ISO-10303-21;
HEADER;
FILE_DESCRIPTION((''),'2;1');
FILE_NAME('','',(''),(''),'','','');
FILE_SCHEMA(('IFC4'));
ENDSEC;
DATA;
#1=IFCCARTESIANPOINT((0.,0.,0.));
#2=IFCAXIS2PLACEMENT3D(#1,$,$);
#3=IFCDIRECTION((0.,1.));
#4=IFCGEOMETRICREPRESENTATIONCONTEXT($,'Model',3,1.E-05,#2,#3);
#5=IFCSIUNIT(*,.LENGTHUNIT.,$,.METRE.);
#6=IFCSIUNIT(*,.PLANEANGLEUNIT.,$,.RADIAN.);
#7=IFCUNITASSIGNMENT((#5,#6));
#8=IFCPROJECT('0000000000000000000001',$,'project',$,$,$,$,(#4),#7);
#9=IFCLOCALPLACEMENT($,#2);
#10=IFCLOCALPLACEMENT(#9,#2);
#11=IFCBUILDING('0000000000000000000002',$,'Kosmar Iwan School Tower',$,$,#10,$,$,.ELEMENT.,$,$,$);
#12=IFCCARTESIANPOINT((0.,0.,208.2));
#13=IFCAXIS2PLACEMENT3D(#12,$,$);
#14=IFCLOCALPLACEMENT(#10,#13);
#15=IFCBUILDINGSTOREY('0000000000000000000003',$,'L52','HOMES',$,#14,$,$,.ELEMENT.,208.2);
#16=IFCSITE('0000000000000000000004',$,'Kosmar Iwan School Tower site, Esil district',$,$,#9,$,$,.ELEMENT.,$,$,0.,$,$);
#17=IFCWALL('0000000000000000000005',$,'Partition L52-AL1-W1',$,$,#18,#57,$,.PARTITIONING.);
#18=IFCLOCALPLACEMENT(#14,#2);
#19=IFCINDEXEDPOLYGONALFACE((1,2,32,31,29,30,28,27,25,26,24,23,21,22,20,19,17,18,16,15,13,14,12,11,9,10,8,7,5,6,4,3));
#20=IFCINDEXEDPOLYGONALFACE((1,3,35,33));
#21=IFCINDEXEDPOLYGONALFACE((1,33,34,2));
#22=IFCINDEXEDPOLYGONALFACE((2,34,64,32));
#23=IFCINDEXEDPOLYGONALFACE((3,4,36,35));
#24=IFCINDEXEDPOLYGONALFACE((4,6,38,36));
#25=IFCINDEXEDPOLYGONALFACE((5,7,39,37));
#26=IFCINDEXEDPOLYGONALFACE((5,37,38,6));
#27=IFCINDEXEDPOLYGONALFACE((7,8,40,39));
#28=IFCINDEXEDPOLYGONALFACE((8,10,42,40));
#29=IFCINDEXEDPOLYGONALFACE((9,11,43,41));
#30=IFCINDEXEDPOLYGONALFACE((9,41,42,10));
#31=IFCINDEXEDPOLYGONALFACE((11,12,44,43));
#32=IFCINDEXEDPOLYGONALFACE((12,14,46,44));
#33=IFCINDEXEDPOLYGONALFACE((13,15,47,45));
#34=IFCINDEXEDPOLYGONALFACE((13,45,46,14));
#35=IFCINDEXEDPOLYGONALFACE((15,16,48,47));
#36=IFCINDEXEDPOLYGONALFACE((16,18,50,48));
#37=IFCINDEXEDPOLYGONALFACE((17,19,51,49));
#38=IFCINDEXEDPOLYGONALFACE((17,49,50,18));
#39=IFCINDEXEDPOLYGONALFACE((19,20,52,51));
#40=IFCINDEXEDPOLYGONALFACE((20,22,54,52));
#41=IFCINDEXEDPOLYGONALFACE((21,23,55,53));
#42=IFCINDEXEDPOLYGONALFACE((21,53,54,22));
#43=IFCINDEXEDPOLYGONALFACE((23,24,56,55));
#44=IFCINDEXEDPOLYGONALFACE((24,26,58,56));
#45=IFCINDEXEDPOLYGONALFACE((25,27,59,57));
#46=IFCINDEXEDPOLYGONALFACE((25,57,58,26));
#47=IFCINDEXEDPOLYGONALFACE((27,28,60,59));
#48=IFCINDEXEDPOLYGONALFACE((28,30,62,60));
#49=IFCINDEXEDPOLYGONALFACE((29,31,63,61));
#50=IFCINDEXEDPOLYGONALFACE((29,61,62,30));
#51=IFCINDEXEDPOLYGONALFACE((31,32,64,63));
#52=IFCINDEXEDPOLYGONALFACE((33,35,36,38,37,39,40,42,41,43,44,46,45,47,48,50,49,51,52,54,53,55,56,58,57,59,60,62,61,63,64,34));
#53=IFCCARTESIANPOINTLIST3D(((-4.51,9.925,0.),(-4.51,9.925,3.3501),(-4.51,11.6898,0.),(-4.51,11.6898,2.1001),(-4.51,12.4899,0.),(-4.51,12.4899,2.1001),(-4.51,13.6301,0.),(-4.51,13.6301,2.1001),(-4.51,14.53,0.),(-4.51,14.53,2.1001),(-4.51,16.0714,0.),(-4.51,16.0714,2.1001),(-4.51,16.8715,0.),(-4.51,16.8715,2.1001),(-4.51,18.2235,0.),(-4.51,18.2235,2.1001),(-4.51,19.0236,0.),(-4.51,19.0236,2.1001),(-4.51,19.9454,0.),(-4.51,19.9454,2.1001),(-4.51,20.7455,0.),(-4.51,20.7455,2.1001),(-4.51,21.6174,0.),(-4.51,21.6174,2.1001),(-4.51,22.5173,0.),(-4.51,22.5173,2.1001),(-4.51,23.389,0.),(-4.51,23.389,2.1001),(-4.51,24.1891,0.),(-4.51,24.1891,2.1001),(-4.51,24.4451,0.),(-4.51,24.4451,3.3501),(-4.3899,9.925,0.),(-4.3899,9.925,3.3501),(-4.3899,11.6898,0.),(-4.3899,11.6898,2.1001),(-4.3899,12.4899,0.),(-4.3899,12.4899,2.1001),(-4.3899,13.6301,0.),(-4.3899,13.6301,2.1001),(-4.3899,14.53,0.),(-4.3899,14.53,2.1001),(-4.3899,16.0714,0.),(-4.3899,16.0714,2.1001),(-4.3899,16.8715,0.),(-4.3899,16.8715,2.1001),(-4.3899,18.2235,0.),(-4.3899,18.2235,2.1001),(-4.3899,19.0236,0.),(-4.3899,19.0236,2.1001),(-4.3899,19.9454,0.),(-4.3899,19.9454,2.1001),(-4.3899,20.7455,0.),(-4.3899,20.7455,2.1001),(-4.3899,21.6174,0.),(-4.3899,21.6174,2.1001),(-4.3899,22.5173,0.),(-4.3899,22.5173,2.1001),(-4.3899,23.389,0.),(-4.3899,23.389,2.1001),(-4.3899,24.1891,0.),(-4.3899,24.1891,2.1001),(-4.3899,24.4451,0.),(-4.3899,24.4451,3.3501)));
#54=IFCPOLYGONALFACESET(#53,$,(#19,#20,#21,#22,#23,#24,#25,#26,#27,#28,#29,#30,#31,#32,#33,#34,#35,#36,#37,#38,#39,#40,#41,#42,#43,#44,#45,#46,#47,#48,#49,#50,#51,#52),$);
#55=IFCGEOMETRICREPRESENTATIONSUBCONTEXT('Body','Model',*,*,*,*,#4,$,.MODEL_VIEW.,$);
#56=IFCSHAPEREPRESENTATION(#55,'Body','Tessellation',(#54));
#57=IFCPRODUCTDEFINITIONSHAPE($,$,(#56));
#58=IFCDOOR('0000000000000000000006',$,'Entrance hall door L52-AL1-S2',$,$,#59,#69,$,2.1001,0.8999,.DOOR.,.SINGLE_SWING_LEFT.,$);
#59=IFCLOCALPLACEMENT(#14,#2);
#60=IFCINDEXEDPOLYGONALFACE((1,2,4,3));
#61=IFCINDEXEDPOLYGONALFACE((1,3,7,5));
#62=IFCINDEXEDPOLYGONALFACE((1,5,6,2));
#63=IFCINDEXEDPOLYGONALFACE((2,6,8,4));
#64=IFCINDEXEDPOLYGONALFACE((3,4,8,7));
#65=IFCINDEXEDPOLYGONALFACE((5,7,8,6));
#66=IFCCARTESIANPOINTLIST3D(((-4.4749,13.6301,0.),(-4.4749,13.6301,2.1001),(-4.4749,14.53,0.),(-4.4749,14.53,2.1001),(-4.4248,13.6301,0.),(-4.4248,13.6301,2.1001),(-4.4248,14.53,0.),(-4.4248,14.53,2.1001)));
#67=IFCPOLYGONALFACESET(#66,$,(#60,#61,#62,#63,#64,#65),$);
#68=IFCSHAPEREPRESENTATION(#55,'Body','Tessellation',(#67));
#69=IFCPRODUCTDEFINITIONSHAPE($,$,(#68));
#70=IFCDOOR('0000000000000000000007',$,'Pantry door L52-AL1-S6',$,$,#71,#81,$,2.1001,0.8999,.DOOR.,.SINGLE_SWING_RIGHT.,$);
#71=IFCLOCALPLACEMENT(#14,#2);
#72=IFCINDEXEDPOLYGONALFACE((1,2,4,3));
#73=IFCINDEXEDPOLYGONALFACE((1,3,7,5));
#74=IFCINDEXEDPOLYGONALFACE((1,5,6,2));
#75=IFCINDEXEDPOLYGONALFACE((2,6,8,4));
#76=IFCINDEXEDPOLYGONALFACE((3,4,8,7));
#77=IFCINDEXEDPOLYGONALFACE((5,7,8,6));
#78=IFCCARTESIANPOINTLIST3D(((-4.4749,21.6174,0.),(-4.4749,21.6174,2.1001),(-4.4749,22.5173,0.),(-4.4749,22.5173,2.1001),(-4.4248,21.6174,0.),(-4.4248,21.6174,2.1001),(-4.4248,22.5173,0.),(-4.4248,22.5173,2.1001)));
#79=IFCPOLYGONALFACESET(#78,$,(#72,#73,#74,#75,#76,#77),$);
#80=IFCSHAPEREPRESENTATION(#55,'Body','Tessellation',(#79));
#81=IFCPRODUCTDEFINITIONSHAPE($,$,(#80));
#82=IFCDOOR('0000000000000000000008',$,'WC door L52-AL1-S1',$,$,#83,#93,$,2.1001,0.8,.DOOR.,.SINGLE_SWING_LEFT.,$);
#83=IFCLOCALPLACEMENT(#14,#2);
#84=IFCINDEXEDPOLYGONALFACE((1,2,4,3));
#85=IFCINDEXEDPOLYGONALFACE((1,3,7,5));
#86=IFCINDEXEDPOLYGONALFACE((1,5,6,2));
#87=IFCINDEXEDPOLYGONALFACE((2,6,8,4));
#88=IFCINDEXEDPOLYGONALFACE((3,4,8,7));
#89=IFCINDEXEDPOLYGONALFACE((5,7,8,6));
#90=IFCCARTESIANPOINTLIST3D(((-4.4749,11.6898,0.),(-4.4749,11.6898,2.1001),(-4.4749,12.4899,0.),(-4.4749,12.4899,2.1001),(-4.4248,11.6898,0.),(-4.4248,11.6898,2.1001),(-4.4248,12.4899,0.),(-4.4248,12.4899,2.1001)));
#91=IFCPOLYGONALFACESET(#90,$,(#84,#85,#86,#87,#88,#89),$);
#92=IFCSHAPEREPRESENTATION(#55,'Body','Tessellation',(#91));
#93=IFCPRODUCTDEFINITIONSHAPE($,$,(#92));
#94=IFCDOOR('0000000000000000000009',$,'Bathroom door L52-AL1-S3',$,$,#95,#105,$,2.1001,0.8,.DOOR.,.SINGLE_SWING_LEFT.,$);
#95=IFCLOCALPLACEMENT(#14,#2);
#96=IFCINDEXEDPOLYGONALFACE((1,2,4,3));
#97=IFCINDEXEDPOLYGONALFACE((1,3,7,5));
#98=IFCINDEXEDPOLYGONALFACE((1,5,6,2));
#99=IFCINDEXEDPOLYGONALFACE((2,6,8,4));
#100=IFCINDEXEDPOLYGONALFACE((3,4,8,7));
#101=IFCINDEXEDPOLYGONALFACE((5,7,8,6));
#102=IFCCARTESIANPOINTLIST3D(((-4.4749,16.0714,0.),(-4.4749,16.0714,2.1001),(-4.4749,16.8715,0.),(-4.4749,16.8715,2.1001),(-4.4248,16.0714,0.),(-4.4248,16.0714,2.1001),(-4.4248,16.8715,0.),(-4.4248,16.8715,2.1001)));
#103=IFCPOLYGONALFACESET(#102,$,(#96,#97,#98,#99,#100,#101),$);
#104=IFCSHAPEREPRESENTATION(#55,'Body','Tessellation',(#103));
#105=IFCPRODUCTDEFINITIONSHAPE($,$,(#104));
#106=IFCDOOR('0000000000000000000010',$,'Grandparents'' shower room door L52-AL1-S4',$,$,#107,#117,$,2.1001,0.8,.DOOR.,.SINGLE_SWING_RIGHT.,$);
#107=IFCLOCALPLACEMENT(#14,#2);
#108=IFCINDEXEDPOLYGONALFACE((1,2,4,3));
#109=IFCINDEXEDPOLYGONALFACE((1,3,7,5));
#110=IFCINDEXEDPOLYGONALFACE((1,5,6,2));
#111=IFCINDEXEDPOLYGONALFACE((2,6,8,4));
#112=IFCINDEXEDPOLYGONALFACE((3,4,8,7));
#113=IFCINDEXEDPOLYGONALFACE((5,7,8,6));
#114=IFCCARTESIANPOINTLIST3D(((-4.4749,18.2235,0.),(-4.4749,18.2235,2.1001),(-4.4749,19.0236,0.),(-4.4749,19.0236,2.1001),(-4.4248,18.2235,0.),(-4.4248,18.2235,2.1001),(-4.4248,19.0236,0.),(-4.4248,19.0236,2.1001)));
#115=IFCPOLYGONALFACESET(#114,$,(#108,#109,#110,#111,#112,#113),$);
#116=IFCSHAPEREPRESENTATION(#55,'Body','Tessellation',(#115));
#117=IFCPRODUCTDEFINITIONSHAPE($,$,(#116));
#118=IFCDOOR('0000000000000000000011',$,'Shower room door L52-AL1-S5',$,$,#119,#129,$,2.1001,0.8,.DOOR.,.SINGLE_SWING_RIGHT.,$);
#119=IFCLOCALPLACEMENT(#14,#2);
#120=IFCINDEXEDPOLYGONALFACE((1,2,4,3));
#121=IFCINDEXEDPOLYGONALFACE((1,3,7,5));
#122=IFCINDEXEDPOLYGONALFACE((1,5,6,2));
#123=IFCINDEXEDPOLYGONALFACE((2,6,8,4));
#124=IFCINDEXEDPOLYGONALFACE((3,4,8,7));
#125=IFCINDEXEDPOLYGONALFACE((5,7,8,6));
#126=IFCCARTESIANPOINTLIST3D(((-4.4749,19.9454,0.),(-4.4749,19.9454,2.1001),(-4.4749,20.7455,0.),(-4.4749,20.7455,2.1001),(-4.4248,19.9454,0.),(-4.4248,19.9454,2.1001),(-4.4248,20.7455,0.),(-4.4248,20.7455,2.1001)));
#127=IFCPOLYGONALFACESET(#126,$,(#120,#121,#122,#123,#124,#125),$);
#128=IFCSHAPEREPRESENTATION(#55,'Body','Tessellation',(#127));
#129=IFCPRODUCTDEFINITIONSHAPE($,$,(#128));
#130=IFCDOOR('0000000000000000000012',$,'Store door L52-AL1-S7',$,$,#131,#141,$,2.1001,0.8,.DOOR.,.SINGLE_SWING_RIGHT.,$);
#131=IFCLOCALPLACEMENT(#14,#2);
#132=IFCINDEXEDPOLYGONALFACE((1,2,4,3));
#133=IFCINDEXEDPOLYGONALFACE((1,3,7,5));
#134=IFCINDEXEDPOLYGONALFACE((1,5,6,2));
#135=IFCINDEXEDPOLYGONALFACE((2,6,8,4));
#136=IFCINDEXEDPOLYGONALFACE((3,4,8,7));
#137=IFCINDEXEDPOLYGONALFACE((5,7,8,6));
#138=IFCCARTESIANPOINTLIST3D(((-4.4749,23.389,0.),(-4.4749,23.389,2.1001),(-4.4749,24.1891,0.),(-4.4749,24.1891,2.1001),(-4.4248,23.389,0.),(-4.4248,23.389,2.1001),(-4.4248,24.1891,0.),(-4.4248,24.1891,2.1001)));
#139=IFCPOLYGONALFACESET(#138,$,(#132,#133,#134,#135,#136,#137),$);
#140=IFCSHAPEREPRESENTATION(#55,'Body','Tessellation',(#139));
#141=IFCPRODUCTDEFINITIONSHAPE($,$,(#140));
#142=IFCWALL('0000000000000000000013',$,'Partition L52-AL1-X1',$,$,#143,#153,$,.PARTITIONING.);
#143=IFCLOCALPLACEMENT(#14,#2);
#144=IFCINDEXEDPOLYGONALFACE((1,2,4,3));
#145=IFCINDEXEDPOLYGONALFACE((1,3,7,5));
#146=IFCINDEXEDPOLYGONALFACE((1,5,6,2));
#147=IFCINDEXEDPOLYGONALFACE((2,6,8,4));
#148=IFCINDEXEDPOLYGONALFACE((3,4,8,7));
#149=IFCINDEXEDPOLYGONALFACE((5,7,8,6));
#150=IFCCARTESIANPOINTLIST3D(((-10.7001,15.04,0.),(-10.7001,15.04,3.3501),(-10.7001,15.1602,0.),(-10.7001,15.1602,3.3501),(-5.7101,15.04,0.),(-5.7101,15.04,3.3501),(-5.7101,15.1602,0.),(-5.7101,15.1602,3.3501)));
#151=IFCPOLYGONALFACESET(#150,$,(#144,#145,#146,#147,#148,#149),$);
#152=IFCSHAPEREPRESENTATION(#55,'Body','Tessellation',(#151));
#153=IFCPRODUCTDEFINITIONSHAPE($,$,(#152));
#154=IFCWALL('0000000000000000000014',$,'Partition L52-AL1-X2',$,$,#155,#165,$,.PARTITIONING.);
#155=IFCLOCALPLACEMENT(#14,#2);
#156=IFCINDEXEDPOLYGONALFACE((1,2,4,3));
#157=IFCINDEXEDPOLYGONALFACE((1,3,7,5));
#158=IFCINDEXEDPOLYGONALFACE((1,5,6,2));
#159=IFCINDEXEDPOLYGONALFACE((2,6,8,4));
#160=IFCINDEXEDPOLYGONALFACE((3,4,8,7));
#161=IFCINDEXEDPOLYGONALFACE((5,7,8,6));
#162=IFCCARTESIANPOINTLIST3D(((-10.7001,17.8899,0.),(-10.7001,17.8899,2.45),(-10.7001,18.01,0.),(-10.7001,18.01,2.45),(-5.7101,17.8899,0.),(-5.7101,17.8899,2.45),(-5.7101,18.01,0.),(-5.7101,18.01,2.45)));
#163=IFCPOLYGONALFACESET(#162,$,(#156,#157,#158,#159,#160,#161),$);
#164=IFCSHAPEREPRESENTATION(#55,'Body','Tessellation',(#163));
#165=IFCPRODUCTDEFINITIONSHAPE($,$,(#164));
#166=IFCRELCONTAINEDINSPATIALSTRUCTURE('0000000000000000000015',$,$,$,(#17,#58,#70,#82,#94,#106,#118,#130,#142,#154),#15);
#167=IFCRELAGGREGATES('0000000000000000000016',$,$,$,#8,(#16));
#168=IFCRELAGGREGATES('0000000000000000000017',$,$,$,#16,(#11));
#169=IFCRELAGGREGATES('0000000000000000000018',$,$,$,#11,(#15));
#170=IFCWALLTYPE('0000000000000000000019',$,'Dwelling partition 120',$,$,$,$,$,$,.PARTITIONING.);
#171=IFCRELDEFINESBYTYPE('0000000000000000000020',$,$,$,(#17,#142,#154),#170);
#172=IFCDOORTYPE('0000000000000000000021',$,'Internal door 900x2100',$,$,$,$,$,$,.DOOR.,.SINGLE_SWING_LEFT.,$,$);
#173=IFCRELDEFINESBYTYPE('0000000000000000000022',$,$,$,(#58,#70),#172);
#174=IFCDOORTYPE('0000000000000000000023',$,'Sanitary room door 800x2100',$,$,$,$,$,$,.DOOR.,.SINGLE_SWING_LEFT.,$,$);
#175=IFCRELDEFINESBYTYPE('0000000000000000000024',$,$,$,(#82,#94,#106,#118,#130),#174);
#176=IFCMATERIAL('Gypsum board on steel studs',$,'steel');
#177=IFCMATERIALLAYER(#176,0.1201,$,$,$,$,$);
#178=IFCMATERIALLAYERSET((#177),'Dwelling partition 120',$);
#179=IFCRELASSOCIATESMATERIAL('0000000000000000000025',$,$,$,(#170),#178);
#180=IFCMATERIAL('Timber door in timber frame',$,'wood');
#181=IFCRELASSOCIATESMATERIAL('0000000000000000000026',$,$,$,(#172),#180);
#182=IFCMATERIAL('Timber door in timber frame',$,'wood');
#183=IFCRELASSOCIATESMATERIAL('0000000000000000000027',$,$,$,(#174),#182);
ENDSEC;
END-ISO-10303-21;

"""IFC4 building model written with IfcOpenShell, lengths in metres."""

from ifc_helpers import new_model, si_unit, direction, frame, frame_2d, origin, place, context, subcontext, project, spatial, rectangle, extrude, material, layer, layer_set, type_object, element, fill, save


model = new_model("IFC4")

# Units and contexts
model_context = context("Model", 3, precision=1e-05, world=origin(), true_north=direction((0.0, 1.0)))
body_context = subcontext(model_context, "Body", "Model", "MODEL_VIEW")
ifc_project = project(units=[si_unit("LENGTHUNIT", "METRE"), si_unit("PLANEANGLEUNIT", "RADIAN")], contexts=[model_context])

# Site, building, storey
site_placement = place(None, origin())
site = spatial("IfcSite", under=ifc_project, at=site_placement, Name="Kosmar Iwan School Tower site, Esil district", CompositionType="ELEMENT", RefElevation=0.0)
building_placement = place(site_placement, origin())
building = spatial("IfcBuilding", under=site, at=building_placement, Name="Kosmar Iwan School Tower", CompositionType="ELEMENT")
storey_placement = place(building_placement, frame((0.0, 0.0, 208.2)))
storey = spatial("IfcBuildingStorey", under=building, at=storey_placement, Name="L52", Description="HOMES", CompositionType="ELEMENT", Elevation=208.2)

# Wall, openings, doors
ifc_material_1 = material(Name="Gypsum board on steel studs", Category="steel")
ifc_layer_1 = layer(ifc_material_1, 0.1201)
ifc_layer_set_1 = layer_set([ifc_layer_1], Name="Dwelling partition 120")
wall_type_1 = type_object("IfcWallType", Name="Dwelling partition 120", PredefinedType="PARTITIONING", material=ifc_layer_set_1)
wall_1_placement = place(storey_placement, frame((-4.45, 9.925, 0.0), z_axis=(0.0, 0.0, 1.0), x_axis=(0.0, 1.0, 0.0)))
wall_1 = element("IfcWall", 1, at=wall_1_placement, inside=storey, type_object=wall_type_1, Name="Partition L52-AL1-W1", PredefinedType="PARTITIONING", context=body_context, shape_type="SweptSolid", body=[
    extrude(rectangle(XDim=14.52, YDim=0.1201, at=frame_2d((7.26, 0.0))), origin(), (0.0, 0.0, 1.0), 3.3501),
])
opening_1_placement = place(wall_1_placement, frame((1.7649, 0.0, 0.0)))
opening_1 = element("IfcOpeningElement", 2, at=opening_1_placement, cuts=wall_1, PredefinedType="OPENING", context=body_context, shape_type="SweptSolid", body=[
    extrude(rectangle(XDim=0.8, YDim=2.1001, at=frame_2d((0.3999, 1.05))), frame((0.0, 0.072, 0.0), z_axis=(0.0, -1.0, 0.0), x_axis=(1.0, 0.0, 0.0)), (0.0, 0.0, 1.0), 0.144),
])
opening_2_placement = place(wall_1_placement, frame((3.7051, 0.0, 0.0)))
opening_2 = element("IfcOpeningElement", 3, at=opening_2_placement, cuts=wall_1, PredefinedType="OPENING", context=body_context, shape_type="SweptSolid", body=[
    extrude(rectangle(XDim=0.8999, YDim=2.1001, at=frame_2d((0.45, 1.05))), frame((0.0, 0.072, 0.0), z_axis=(0.0, -1.0, 0.0), x_axis=(1.0, 0.0, 0.0)), (0.0, 0.0, 1.0), 0.144),
])
opening_3_placement = place(wall_1_placement, frame((6.1465, 0.0, 0.0)))
opening_3 = element("IfcOpeningElement", 4, at=opening_3_placement, cuts=wall_1, PredefinedType="OPENING", context=body_context, shape_type="SweptSolid", body=[
    extrude(rectangle(XDim=0.8, YDim=2.1001, at=frame_2d((0.3999, 1.05))), frame((0.0, 0.072, 0.0), z_axis=(0.0, -1.0, 0.0), x_axis=(1.0, 0.0, 0.0)), (0.0, 0.0, 1.0), 0.144),
])
opening_4_placement = place(wall_1_placement, frame((8.2986, 0.0, 0.0)))
opening_4 = element("IfcOpeningElement", 5, at=opening_4_placement, cuts=wall_1, PredefinedType="OPENING", context=body_context, shape_type="SweptSolid", body=[
    extrude(rectangle(XDim=0.8, YDim=2.1001, at=frame_2d((0.3999, 1.05))), frame((0.0, 0.072, 0.0), z_axis=(0.0, -1.0, 0.0), x_axis=(1.0, 0.0, 0.0)), (0.0, 0.0, 1.0), 0.144),
])
opening_5_placement = place(wall_1_placement, frame((10.0205, 0.0, 0.0)))
opening_5 = element("IfcOpeningElement", 6, at=opening_5_placement, cuts=wall_1, PredefinedType="OPENING", context=body_context, shape_type="SweptSolid", body=[
    extrude(rectangle(XDim=0.8, YDim=2.1001, at=frame_2d((0.3999, 1.05))), frame((0.0, 0.072, 0.0), z_axis=(0.0, -1.0, 0.0), x_axis=(1.0, 0.0, 0.0)), (0.0, 0.0, 1.0), 0.144),
])
opening_6_placement = place(wall_1_placement, frame((11.6924, 0.0, 0.0)))
opening_6 = element("IfcOpeningElement", 7, at=opening_6_placement, cuts=wall_1, PredefinedType="OPENING", context=body_context, shape_type="SweptSolid", body=[
    extrude(rectangle(XDim=0.8999, YDim=2.1001, at=frame_2d((0.45, 1.05))), frame((0.0, 0.072, 0.0), z_axis=(0.0, -1.0, 0.0), x_axis=(1.0, 0.0, 0.0)), (0.0, 0.0, 1.0), 0.144),
])
opening_7_placement = place(wall_1_placement, frame((13.4641, 0.0, 0.0)))
opening_7 = element("IfcOpeningElement", 8, at=opening_7_placement, cuts=wall_1, PredefinedType="OPENING", context=body_context, shape_type="SweptSolid", body=[
    extrude(rectangle(XDim=0.8, YDim=2.1001, at=frame_2d((0.3999, 1.05))), frame((0.0, 0.072, 0.0), z_axis=(0.0, -1.0, 0.0), x_axis=(1.0, 0.0, 0.0)), (0.0, 0.0, 1.0), 0.144),
])
ifc_material_2 = material(Name="Timber door in timber frame", Category="wood")
door_type_1 = type_object("IfcDoorType", Name="Internal door 900x2100", OperationType="SINGLE_SWING_LEFT", PredefinedType="DOOR", material=ifc_material_2)
door_1_placement = place(opening_2_placement, origin())
door_1 = element("IfcDoor", 9, at=door_1_placement, inside=storey, type_object=door_type_1, Name="Entrance hall door L52-AL1-S2", OperationType="SINGLE_SWING_LEFT", OverallHeight=2.1001, OverallWidth=0.8999, PredefinedType="DOOR", context=body_context, shape_type="SweptSolid", body=[
    extrude(rectangle(XDim=0.8999, YDim=2.1001, at=frame_2d((0.45, 1.05))), frame((0.0, 0.0249, 0.0), z_axis=(0.0, -1.0, 0.0), x_axis=(1.0, 0.0, 0.0)), (0.0, 0.0, 1.0), 0.05),
])
fill(opening_2, door_1)
door_2_placement = place(opening_6_placement, origin())
door_2 = element("IfcDoor", 10, at=door_2_placement, inside=storey, type_object=door_type_1, Name="Pantry door L52-AL1-S6", OperationType="SINGLE_SWING_RIGHT", OverallHeight=2.1001, OverallWidth=0.8999, PredefinedType="DOOR", context=body_context, shape_type="SweptSolid", body=[
    extrude(rectangle(XDim=0.8999, YDim=2.1001, at=frame_2d((0.45, 1.05))), frame((0.0, 0.0249, 0.0), z_axis=(0.0, -1.0, 0.0), x_axis=(1.0, 0.0, 0.0)), (0.0, 0.0, 1.0), 0.05),
])
fill(opening_6, door_2)
ifc_material_3 = material(Name="Timber door in timber frame", Category="wood")
door_type_2 = type_object("IfcDoorType", Name="Sanitary room door 800x2100", OperationType="SINGLE_SWING_LEFT", PredefinedType="DOOR", material=ifc_material_3)
door_3_placement = place(opening_1_placement, origin())
door_3 = element("IfcDoor", 11, at=door_3_placement, inside=storey, type_object=door_type_2, Name="WC door L52-AL1-S1", OperationType="SINGLE_SWING_LEFT", OverallHeight=2.1001, OverallWidth=0.8, PredefinedType="DOOR", context=body_context, shape_type="SweptSolid", body=[
    extrude(rectangle(XDim=0.8, YDim=2.1001, at=frame_2d((0.3999, 1.05))), frame((0.0, 0.0249, 0.0), z_axis=(0.0, -1.0, 0.0), x_axis=(1.0, 0.0, 0.0)), (0.0, 0.0, 1.0), 0.05),
])
fill(opening_1, door_3)
door_4_placement = place(opening_3_placement, origin())
door_4 = element("IfcDoor", 12, at=door_4_placement, inside=storey, type_object=door_type_2, Name="Bathroom door L52-AL1-S3", OperationType="SINGLE_SWING_LEFT", OverallHeight=2.1001, OverallWidth=0.8, PredefinedType="DOOR", context=body_context, shape_type="SweptSolid", body=[
    extrude(rectangle(XDim=0.8, YDim=2.1001, at=frame_2d((0.3999, 1.05))), frame((0.0, 0.0249, 0.0), z_axis=(0.0, -1.0, 0.0), x_axis=(1.0, 0.0, 0.0)), (0.0, 0.0, 1.0), 0.05),
])
fill(opening_3, door_4)
door_5_placement = place(opening_4_placement, origin())
door_5 = element("IfcDoor", 13, at=door_5_placement, inside=storey, type_object=door_type_2, Name="Grandparents' shower room door L52-AL1-S4", OperationType="SINGLE_SWING_RIGHT", OverallHeight=2.1001, OverallWidth=0.8, PredefinedType="DOOR", context=body_context, shape_type="SweptSolid", body=[
    extrude(rectangle(XDim=0.8, YDim=2.1001, at=frame_2d((0.3999, 1.05))), frame((0.0, 0.0249, 0.0), z_axis=(0.0, -1.0, 0.0), x_axis=(1.0, 0.0, 0.0)), (0.0, 0.0, 1.0), 0.05),
])
fill(opening_4, door_5)
door_6_placement = place(opening_5_placement, origin())
door_6 = element("IfcDoor", 14, at=door_6_placement, inside=storey, type_object=door_type_2, Name="Shower room door L52-AL1-S5", OperationType="SINGLE_SWING_RIGHT", OverallHeight=2.1001, OverallWidth=0.8, PredefinedType="DOOR", context=body_context, shape_type="SweptSolid", body=[
    extrude(rectangle(XDim=0.8, YDim=2.1001, at=frame_2d((0.3999, 1.05))), frame((0.0, 0.0249, 0.0), z_axis=(0.0, -1.0, 0.0), x_axis=(1.0, 0.0, 0.0)), (0.0, 0.0, 1.0), 0.05),
])
fill(opening_5, door_6)
door_7_placement = place(opening_7_placement, origin())
door_7 = element("IfcDoor", 15, at=door_7_placement, inside=storey, type_object=door_type_2, Name="Store door L52-AL1-S7", OperationType="SINGLE_SWING_RIGHT", OverallHeight=2.1001, OverallWidth=0.8, PredefinedType="DOOR", context=body_context, shape_type="SweptSolid", body=[
    extrude(rectangle(XDim=0.8, YDim=2.1001, at=frame_2d((0.3999, 1.05))), frame((0.0, 0.0249, 0.0), z_axis=(0.0, -1.0, 0.0), x_axis=(1.0, 0.0, 0.0)), (0.0, 0.0, 1.0), 0.05),
])
fill(opening_7, door_7)

# Walls
wall_2_placement = place(storey_placement, frame((-5.71, 15.1001, 0.0), z_axis=(0.0, 0.0, 1.0), x_axis=(-1.0, 0.0, 0.0)))
element("IfcWall", 16, at=wall_2_placement, inside=storey, type_object=wall_type_1, Name="Partition L52-AL1-X1", PredefinedType="PARTITIONING", context=body_context, shape_type="SweptSolid", body=[
    extrude(rectangle(XDim=4.99, YDim=0.1201, at=frame_2d((2.4951, 0.0))), origin(), (0.0, 0.0, 1.0), 3.3501),
])
wall_3_placement = place(storey_placement, frame((-5.71, 17.95, 0.0), z_axis=(0.0, 0.0, 1.0), x_axis=(-1.0, 0.0, 0.0)))
element("IfcWall", 17, at=wall_3_placement, inside=storey, type_object=wall_type_1, Name="Partition L52-AL1-X2", PredefinedType="PARTITIONING", context=body_context, shape_type="SweptSolid", body=[
    extrude(rectangle(XDim=4.99, YDim=0.1201, at=frame_2d((2.4951, 0.0))), origin(), (0.0, 0.0, 1.0), 2.45),
])

save(model, "model.ifc")
